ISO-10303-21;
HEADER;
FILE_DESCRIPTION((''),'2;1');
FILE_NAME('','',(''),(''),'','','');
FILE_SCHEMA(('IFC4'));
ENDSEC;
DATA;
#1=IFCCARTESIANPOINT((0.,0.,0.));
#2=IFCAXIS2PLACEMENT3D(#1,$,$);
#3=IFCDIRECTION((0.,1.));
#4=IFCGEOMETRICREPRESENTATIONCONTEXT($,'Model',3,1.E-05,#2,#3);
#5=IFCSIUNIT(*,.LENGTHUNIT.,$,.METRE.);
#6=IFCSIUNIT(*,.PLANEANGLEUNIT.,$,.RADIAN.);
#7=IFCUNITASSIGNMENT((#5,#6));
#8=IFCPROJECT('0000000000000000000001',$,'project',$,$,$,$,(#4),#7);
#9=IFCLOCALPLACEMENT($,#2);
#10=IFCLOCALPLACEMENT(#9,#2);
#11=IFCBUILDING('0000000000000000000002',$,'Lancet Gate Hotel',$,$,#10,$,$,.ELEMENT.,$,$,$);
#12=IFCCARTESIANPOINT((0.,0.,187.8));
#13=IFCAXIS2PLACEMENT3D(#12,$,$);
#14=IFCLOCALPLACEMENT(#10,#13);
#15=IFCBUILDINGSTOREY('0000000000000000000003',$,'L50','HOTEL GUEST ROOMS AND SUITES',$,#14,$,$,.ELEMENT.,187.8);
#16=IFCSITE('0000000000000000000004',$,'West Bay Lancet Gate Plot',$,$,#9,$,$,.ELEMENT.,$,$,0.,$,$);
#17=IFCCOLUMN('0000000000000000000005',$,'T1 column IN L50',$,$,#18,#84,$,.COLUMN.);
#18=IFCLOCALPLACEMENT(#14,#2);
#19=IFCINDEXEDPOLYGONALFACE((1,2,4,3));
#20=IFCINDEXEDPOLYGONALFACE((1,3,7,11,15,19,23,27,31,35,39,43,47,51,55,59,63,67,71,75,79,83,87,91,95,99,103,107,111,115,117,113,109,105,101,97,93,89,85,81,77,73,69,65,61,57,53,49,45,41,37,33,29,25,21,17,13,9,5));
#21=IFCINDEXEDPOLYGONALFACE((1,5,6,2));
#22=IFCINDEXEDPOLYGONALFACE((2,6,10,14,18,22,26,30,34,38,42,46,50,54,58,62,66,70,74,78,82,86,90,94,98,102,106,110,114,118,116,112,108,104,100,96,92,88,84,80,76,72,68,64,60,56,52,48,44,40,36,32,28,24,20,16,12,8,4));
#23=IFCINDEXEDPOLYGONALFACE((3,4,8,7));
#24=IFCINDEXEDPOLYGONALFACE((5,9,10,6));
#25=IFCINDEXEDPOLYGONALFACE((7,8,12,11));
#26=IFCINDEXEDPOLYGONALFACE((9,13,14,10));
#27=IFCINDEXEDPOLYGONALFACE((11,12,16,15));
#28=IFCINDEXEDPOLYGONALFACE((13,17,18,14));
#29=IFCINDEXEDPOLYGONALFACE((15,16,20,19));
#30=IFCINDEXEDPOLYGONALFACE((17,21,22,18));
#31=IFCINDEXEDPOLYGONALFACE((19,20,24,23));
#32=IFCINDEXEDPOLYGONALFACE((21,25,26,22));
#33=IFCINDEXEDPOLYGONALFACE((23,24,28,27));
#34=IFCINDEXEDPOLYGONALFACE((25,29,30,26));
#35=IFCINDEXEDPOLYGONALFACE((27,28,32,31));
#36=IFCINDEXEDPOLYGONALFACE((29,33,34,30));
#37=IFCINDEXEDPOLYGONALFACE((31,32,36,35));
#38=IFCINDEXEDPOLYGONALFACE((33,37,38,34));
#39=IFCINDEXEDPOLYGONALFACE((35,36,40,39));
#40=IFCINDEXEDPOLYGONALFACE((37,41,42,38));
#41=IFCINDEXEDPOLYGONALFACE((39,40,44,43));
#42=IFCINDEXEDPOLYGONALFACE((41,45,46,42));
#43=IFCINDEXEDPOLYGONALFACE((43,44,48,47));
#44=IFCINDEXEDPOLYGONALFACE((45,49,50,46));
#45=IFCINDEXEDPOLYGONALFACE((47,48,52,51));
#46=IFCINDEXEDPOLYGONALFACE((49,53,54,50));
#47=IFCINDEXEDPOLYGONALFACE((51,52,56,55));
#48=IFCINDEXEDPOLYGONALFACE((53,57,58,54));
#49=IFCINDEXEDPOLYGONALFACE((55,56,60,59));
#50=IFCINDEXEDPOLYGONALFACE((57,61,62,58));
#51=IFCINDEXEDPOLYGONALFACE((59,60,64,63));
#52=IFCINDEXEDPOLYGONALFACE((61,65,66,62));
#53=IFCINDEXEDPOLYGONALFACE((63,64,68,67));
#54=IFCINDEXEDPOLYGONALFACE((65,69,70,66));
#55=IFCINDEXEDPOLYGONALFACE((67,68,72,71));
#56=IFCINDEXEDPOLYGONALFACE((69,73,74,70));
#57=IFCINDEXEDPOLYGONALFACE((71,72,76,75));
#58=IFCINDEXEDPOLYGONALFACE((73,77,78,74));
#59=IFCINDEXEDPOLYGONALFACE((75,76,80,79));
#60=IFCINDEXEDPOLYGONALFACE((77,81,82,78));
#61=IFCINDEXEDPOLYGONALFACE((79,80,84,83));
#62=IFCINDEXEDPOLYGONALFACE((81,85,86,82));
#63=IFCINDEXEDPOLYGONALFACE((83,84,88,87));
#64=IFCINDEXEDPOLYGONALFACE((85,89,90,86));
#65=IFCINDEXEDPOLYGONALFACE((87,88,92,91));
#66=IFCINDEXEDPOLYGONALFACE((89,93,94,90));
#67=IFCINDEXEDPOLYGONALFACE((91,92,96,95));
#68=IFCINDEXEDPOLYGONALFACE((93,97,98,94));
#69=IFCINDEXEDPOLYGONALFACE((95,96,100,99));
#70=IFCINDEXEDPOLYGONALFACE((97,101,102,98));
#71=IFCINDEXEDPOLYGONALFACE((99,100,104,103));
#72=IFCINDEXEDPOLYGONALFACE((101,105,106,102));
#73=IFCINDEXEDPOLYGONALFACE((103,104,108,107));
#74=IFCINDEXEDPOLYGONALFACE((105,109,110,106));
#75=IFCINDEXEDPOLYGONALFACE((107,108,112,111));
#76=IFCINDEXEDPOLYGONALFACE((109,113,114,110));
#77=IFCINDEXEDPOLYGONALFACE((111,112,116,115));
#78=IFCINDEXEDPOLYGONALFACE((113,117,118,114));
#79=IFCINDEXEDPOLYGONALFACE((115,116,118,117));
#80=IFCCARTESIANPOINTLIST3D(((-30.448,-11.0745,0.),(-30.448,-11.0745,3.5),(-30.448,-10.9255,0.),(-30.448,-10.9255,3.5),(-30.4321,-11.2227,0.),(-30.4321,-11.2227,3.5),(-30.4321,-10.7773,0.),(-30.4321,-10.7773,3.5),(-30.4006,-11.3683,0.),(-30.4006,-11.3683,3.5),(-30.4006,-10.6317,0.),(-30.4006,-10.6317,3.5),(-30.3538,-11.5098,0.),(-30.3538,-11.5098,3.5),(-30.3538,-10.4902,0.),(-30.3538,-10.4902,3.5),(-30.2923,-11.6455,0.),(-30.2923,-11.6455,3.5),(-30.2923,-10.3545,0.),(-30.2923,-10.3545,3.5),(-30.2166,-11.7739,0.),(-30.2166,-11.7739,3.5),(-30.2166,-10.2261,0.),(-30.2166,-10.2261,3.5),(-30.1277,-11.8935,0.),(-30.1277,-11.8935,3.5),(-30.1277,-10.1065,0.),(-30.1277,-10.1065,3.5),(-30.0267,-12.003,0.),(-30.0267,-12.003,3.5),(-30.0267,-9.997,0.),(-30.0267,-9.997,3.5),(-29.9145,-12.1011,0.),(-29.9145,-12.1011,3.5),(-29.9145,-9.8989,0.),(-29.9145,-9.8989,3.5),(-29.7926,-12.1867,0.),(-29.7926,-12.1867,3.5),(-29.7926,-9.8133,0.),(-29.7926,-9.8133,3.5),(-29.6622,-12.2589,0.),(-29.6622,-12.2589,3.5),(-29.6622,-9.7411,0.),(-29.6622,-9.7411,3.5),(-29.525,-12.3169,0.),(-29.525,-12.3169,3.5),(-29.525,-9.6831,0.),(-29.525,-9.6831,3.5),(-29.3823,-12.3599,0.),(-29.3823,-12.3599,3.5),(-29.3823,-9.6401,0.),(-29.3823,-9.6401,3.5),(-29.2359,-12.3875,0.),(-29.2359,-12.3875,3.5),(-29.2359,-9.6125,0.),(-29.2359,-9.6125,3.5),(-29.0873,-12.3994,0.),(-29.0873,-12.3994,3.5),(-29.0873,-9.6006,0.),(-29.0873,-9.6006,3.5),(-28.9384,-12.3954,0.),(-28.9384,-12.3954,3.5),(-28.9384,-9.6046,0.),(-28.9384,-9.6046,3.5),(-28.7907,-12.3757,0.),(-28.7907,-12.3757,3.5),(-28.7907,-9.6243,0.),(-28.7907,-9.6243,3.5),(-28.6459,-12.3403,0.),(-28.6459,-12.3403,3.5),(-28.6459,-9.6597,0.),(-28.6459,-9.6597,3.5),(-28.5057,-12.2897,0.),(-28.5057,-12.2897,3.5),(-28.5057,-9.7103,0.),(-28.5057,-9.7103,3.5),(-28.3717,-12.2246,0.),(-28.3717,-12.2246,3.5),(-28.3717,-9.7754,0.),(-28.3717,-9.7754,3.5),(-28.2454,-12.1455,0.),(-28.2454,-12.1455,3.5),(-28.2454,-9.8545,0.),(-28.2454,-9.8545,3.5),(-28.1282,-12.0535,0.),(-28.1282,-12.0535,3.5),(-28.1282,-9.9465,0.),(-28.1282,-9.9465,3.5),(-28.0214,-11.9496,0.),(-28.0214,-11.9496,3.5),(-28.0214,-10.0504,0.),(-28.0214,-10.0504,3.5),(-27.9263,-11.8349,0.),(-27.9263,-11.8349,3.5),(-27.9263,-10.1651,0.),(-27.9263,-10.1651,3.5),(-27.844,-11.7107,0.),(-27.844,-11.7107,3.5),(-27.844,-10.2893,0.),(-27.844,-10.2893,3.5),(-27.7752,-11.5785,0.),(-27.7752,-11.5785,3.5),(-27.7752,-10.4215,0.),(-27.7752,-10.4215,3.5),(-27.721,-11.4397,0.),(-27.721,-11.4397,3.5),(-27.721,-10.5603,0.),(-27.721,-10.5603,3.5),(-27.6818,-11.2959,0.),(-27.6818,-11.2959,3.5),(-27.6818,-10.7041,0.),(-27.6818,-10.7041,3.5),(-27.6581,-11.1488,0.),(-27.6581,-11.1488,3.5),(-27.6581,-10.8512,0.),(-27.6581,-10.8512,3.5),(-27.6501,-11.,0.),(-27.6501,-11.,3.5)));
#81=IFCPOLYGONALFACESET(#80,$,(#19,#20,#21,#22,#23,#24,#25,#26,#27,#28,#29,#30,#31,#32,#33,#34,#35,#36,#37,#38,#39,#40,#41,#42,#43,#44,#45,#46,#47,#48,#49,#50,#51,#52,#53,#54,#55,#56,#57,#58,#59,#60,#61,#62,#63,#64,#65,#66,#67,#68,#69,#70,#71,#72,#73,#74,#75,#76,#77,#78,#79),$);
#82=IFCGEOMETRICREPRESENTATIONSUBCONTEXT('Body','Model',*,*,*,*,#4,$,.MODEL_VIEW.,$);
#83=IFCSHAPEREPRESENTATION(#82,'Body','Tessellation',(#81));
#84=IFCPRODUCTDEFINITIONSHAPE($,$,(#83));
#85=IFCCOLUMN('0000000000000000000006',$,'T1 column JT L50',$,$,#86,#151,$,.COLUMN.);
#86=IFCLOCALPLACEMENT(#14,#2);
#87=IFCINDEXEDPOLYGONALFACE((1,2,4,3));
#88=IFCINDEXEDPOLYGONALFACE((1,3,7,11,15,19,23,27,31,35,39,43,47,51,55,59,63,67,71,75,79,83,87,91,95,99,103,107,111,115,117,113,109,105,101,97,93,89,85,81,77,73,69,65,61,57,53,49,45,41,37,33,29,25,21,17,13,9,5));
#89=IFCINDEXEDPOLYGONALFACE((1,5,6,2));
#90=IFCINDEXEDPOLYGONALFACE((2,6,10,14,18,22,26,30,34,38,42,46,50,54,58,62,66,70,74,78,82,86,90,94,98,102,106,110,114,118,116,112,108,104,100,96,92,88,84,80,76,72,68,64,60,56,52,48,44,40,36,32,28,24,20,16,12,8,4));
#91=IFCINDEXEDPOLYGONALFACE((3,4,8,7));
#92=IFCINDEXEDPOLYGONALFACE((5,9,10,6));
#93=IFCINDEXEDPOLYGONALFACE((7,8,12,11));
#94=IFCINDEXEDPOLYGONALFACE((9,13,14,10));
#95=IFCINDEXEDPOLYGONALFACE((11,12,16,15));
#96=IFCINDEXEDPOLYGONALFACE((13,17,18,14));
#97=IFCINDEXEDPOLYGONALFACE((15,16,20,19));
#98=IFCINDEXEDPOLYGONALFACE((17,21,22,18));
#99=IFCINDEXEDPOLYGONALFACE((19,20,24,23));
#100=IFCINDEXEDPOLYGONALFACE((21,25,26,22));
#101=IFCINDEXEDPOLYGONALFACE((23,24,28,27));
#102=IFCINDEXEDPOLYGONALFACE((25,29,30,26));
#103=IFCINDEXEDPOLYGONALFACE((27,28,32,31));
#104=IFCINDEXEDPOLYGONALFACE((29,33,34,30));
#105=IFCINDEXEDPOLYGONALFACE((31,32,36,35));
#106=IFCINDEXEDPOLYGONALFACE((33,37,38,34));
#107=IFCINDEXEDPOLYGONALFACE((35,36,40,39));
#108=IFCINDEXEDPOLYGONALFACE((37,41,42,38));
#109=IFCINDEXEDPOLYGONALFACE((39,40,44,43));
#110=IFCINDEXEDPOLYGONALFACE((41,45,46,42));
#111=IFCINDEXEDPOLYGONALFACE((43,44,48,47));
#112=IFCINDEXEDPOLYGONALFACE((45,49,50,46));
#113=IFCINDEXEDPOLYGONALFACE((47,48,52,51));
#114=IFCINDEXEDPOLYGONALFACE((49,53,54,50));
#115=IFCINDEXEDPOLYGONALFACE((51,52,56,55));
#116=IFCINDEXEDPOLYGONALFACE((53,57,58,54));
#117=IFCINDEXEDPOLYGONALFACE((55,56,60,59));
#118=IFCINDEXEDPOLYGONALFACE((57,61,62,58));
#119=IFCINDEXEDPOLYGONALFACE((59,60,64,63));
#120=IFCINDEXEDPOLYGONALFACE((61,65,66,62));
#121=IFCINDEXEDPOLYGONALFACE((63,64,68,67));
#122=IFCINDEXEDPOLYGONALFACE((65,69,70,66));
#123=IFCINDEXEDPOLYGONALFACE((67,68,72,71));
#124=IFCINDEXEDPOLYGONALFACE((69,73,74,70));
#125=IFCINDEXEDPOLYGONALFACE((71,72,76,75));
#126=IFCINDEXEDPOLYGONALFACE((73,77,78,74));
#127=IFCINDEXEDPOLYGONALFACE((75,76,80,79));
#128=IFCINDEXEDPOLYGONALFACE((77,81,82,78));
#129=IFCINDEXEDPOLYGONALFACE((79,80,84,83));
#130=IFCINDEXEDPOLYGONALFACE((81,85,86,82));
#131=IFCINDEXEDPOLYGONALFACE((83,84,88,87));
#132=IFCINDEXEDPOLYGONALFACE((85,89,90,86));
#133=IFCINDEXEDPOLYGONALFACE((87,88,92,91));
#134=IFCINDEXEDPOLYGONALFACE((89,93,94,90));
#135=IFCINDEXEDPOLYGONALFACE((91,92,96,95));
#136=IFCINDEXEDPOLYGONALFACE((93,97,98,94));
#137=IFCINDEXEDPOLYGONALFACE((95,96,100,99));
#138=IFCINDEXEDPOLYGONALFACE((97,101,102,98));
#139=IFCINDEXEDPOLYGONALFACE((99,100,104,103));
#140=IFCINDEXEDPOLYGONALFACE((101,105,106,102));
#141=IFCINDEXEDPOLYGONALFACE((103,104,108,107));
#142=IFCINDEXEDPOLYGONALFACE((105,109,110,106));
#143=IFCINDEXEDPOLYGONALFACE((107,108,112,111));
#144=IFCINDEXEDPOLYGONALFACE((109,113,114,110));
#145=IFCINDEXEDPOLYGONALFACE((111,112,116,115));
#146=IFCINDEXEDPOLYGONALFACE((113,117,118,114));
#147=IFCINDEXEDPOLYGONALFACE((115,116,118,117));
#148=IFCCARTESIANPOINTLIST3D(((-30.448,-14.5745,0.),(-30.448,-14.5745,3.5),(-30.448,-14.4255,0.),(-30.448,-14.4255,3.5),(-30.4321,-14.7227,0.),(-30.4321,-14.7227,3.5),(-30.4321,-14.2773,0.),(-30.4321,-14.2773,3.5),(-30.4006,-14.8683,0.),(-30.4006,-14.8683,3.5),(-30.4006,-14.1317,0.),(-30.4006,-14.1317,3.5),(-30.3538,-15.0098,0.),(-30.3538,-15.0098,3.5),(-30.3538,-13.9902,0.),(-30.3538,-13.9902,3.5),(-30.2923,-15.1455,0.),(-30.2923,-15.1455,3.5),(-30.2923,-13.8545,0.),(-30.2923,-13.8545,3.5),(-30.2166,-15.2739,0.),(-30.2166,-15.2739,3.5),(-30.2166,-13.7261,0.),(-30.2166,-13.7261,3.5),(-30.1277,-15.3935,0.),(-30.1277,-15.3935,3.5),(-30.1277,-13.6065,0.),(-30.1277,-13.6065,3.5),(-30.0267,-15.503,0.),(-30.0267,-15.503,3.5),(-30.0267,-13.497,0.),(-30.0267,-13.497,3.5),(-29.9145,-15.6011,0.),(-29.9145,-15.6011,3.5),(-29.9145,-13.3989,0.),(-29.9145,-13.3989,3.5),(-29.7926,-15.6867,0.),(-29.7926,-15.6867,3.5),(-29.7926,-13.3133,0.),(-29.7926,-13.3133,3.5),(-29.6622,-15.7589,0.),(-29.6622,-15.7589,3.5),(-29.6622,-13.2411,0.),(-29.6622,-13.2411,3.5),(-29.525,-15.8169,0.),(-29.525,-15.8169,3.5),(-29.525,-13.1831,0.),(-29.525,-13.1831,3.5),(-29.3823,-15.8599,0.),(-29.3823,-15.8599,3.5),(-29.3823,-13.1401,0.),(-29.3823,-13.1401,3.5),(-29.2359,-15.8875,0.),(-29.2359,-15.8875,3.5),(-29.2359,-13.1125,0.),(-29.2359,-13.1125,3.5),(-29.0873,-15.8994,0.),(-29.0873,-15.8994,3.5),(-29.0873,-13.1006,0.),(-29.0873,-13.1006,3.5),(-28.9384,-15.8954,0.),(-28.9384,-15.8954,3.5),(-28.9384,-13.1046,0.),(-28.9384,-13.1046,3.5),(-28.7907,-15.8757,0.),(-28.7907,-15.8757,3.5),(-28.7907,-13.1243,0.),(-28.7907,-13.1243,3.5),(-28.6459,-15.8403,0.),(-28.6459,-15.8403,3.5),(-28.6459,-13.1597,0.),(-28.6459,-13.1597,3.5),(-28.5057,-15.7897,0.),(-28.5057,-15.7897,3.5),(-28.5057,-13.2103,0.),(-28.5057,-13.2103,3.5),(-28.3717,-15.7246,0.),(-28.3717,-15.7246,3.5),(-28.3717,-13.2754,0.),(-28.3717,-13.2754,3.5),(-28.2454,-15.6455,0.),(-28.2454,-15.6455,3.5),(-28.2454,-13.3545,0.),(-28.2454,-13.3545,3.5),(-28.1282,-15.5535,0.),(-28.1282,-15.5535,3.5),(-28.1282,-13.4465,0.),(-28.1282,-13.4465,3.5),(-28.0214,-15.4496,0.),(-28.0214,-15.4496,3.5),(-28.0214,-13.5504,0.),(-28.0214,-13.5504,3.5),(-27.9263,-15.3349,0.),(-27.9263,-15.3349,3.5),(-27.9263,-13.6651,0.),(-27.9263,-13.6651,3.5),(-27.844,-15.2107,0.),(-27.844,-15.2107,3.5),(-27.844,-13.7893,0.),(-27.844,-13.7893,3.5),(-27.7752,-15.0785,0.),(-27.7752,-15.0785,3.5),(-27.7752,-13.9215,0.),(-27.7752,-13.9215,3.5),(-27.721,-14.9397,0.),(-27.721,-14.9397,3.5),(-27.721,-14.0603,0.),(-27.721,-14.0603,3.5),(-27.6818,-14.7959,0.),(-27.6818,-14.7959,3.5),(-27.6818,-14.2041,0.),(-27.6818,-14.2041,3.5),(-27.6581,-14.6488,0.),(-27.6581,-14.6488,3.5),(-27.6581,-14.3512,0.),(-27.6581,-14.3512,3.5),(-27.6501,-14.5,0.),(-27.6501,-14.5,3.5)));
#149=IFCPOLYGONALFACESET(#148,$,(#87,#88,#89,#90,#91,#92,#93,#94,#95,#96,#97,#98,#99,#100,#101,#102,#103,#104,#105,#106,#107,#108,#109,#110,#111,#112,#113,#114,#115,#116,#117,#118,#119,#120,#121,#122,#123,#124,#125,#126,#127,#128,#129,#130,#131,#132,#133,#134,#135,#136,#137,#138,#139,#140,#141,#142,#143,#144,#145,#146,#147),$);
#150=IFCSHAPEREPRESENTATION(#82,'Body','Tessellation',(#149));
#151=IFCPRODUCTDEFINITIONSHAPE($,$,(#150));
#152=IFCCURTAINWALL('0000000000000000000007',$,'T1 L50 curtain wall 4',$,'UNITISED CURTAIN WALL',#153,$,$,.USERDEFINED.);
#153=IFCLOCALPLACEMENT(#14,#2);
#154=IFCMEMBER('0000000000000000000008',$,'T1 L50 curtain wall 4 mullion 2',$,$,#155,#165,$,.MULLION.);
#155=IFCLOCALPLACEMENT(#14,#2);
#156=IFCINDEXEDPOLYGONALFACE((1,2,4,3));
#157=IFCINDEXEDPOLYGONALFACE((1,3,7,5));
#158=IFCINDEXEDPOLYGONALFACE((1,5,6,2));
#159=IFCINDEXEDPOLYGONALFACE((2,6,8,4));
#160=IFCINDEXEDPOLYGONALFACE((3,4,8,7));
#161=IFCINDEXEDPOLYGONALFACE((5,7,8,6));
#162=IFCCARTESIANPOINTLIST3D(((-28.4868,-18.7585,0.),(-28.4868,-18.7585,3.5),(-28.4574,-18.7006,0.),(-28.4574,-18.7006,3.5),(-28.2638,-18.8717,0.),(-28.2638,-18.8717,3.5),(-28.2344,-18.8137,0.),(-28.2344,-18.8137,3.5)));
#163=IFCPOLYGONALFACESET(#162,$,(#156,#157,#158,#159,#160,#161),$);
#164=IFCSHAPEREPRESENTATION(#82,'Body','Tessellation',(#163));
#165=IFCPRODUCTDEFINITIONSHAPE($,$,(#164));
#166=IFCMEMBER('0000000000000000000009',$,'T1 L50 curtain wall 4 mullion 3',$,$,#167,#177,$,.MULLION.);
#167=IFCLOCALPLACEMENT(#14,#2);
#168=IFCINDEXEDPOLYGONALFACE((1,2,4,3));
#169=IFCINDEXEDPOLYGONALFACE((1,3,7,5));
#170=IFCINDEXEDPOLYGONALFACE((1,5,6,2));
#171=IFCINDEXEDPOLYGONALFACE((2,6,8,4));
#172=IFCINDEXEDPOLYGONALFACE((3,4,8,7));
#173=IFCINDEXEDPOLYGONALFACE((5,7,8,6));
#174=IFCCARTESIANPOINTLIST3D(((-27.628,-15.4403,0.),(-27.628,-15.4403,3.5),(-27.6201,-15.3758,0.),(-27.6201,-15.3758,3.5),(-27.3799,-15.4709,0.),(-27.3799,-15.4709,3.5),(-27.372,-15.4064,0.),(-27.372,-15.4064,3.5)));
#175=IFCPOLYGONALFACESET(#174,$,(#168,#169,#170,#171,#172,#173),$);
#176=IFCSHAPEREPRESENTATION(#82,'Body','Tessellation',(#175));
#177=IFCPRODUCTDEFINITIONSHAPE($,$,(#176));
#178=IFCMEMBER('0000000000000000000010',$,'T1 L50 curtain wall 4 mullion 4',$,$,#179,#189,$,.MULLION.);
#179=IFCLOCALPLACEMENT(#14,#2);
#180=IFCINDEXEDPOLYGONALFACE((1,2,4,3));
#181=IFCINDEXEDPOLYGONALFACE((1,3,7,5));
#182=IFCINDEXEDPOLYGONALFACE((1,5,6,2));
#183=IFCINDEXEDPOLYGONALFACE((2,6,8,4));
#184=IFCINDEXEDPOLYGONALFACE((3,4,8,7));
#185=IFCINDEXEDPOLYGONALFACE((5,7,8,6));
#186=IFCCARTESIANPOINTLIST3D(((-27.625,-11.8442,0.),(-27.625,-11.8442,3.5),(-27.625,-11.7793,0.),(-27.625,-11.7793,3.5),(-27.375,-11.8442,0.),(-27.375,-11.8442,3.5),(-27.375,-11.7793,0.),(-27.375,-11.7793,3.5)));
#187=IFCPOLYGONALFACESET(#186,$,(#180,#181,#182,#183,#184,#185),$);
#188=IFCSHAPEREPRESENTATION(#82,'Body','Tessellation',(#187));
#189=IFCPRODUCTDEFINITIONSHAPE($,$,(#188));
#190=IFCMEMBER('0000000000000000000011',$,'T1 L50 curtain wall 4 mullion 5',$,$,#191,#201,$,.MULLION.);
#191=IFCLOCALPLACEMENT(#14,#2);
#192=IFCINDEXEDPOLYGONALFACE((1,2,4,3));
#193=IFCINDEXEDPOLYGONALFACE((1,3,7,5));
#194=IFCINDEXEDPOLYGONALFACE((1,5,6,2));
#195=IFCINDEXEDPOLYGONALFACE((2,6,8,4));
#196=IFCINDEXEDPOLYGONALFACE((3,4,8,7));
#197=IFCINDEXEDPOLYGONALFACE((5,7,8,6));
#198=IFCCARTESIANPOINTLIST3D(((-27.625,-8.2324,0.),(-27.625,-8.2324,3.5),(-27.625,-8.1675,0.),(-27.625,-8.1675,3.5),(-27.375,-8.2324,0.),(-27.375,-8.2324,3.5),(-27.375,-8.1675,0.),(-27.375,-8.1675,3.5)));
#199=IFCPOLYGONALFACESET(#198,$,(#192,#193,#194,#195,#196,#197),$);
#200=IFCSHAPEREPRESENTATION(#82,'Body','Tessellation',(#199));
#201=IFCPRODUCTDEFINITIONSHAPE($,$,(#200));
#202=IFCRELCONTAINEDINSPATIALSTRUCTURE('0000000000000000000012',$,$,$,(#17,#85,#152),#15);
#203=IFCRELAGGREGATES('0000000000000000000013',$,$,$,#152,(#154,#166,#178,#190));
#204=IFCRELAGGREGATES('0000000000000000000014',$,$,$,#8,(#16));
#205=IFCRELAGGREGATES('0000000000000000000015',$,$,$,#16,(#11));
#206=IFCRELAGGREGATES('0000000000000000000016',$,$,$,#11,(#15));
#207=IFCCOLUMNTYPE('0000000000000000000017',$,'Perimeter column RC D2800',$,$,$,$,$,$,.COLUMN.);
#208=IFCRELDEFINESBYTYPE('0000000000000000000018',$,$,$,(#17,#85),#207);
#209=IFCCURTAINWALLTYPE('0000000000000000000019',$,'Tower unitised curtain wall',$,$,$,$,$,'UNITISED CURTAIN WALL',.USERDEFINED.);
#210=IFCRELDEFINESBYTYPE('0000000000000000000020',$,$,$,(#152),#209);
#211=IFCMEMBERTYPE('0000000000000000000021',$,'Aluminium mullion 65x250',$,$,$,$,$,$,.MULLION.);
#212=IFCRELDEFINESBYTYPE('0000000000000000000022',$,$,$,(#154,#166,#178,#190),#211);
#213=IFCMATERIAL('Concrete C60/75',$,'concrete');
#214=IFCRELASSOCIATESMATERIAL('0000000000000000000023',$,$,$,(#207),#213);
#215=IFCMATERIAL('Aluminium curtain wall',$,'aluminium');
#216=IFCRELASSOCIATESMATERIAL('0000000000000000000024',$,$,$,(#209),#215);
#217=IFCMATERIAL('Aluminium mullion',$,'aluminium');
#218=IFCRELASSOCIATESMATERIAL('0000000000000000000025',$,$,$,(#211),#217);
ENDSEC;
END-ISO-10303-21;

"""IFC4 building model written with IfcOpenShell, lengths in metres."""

from ifc_helpers import new_model, si_unit, direction, frame, origin, origin_2d, place, context, subcontext, project, spatial, rectangle, circle, extrude, material, material_profile, profile_set, type_object, element, aggregate, save


model = new_model("IFC4")

# Units and contexts
model_context = context("Model", 3, precision=1e-05, world=origin(), true_north=direction((0.0, 1.0)))
body_context = subcontext(model_context, "Body", "Model", "MODEL_VIEW")
ifc_project = project(units=[si_unit("LENGTHUNIT", "METRE"), si_unit("PLANEANGLEUNIT", "RADIAN")], contexts=[model_context])

# Site, building, storey
site_placement = place(None, origin())
site = spatial("IfcSite", under=ifc_project, at=site_placement, Name="West Bay Lancet Gate Plot", CompositionType="ELEMENT", RefElevation=0.0)
building_placement = place(site_placement, origin())
building = spatial("IfcBuilding", under=site, at=building_placement, Name="Lancet Gate Hotel", CompositionType="ELEMENT")
storey_placement = place(building_placement, frame((0.0, 0.0, 187.8)))
storey = spatial("IfcBuildingStorey", under=building, at=storey_placement, Name="L50", Description="HOTEL GUEST ROOMS AND SUITES", CompositionType="ELEMENT", Elevation=187.8)

# Columns
ifc_material_1 = material(Name="Concrete C60/75", Category="concrete")
ifc_material_profile_1 = material_profile(ifc_material_1, circle(Radius=1.3999, at=origin_2d()), Name="RC D2800")
ifc_profile_set_1 = profile_set([ifc_material_profile_1], Name="Concrete C60/75")
column_type = type_object("IfcColumnType", Name="Perimeter column RC D2800", PredefinedType="COLUMN", material=ifc_profile_set_1)
for number, where, z_axis, x_axis, name in (
    (1, (-29.05, -11.0, 0.0), (0.0, 0.0, 1.0), (1.0, 0.0, 0.0), "T1 column IN L50"),
    (2, (-29.05, -14.5, 0.0), (0.0, 0.0, 1.0), (1.0, 0.0, 0.0), "T1 column JT L50"),
):
    element("IfcColumn", number, at=place(storey_placement, frame(where, z_axis=z_axis, x_axis=x_axis)), inside=storey, type_object=column_type, Name=name, PredefinedType="COLUMN", context=body_context, shape_type="SweptSolid", body=[
        extrude(circle(Radius=1.3999, at=origin_2d()), origin(), (0.0, 0.0, 1.0), 3.5),
    ])

# Curtain wall, members
ifc_material_2 = material(Name="Aluminium curtain wall", Category="aluminium")
curtain_wall_type = type_object("IfcCurtainWallType", Name="Tower unitised curtain wall", ElementType="UNITISED CURTAIN WALL", PredefinedType="USERDEFINED", material=ifc_material_2)
curtain_wall_placement = place(storey_placement, origin())
curtain_wall = element("IfcCurtainWall", 3, at=curtain_wall_placement, inside=storey, type_object=curtain_wall_type, Name="T1 L50 curtain wall 4", ObjectType="UNITISED CURTAIN WALL", PredefinedType="USERDEFINED")
ifc_material_3 = material(Name="Aluminium mullion", Category="aluminium")
ifc_material_profile_2 = material_profile(ifc_material_3, rectangle(XDim=0.0649, YDim=0.25, at=origin_2d()), Name="MULLION 65x250")
ifc_profile_set_2 = profile_set([ifc_material_profile_2], Name="Aluminium mullion")
member_type_1 = type_object("IfcMemberType", Name="Aluminium mullion 65x250", PredefinedType="MULLION", material=ifc_profile_set_2)
member_1_placement = place(storey_placement, frame((-28.3606, -18.7861, 0.0), z_axis=(0.0, 0.0, 1.0), x_axis=(0.452508, 0.891761, 0.0)))
member_1 = element("IfcMember", 4, at=member_1_placement, type_object=member_type_1, Name="T1 L50 curtain wall 4 mullion 2", PredefinedType="MULLION", context=body_context, shape_type="SweptSolid", body=[
    extrude(rectangle(XDim=0.0649, YDim=0.25, at=origin_2d()), origin(), (0.0, 0.0, 1.0), 3.5),
])
member_2_placement = place(storey_placement, frame((-27.5, -15.4233, 0.0), z_axis=(0.0, 0.0, 1.0), x_axis=(0.122467, 0.992473, 0.0)))
member_2 = element("IfcMember", 5, at=member_2_placement, type_object=member_type_1, Name="T1 L50 curtain wall 4 mullion 3", PredefinedType="MULLION", context=body_context, shape_type="SweptSolid", body=[
    extrude(rectangle(XDim=0.0649, YDim=0.25, at=origin_2d()), origin(), (0.0, 0.0, 1.0), 3.5),
])
member_3_placement = place(storey_placement, frame((-27.5, -11.8118, 0.0), z_axis=(0.0, 0.0, 1.0), x_axis=(0.0, 1.0, 0.0)))
member_3 = element("IfcMember", 6, at=member_3_placement, type_object=member_type_1, Name="T1 L50 curtain wall 4 mullion 4", PredefinedType="MULLION", context=body_context, shape_type="SweptSolid", body=[
    extrude(rectangle(XDim=0.0649, YDim=0.25, at=origin_2d()), origin(), (0.0, 0.0, 1.0), 3.5),
])
member_4_placement = place(storey_placement, frame((-27.5, -8.2, 0.0), z_axis=(0.0, 0.0, 1.0), x_axis=(0.0, 1.0, 0.0)))
member_4 = element("IfcMember", 7, at=member_4_placement, type_object=member_type_1, Name="T1 L50 curtain wall 4 mullion 5", PredefinedType="MULLION", context=body_context, shape_type="SweptSolid", body=[
    extrude(rectangle(XDim=0.0649, YDim=0.25, at=origin_2d()), origin(), (0.0, 0.0, 1.0), 3.5),
])

aggregate(curtain_wall, [member_1, member_2, member_3, member_4])

save(model, "model.ifc")
